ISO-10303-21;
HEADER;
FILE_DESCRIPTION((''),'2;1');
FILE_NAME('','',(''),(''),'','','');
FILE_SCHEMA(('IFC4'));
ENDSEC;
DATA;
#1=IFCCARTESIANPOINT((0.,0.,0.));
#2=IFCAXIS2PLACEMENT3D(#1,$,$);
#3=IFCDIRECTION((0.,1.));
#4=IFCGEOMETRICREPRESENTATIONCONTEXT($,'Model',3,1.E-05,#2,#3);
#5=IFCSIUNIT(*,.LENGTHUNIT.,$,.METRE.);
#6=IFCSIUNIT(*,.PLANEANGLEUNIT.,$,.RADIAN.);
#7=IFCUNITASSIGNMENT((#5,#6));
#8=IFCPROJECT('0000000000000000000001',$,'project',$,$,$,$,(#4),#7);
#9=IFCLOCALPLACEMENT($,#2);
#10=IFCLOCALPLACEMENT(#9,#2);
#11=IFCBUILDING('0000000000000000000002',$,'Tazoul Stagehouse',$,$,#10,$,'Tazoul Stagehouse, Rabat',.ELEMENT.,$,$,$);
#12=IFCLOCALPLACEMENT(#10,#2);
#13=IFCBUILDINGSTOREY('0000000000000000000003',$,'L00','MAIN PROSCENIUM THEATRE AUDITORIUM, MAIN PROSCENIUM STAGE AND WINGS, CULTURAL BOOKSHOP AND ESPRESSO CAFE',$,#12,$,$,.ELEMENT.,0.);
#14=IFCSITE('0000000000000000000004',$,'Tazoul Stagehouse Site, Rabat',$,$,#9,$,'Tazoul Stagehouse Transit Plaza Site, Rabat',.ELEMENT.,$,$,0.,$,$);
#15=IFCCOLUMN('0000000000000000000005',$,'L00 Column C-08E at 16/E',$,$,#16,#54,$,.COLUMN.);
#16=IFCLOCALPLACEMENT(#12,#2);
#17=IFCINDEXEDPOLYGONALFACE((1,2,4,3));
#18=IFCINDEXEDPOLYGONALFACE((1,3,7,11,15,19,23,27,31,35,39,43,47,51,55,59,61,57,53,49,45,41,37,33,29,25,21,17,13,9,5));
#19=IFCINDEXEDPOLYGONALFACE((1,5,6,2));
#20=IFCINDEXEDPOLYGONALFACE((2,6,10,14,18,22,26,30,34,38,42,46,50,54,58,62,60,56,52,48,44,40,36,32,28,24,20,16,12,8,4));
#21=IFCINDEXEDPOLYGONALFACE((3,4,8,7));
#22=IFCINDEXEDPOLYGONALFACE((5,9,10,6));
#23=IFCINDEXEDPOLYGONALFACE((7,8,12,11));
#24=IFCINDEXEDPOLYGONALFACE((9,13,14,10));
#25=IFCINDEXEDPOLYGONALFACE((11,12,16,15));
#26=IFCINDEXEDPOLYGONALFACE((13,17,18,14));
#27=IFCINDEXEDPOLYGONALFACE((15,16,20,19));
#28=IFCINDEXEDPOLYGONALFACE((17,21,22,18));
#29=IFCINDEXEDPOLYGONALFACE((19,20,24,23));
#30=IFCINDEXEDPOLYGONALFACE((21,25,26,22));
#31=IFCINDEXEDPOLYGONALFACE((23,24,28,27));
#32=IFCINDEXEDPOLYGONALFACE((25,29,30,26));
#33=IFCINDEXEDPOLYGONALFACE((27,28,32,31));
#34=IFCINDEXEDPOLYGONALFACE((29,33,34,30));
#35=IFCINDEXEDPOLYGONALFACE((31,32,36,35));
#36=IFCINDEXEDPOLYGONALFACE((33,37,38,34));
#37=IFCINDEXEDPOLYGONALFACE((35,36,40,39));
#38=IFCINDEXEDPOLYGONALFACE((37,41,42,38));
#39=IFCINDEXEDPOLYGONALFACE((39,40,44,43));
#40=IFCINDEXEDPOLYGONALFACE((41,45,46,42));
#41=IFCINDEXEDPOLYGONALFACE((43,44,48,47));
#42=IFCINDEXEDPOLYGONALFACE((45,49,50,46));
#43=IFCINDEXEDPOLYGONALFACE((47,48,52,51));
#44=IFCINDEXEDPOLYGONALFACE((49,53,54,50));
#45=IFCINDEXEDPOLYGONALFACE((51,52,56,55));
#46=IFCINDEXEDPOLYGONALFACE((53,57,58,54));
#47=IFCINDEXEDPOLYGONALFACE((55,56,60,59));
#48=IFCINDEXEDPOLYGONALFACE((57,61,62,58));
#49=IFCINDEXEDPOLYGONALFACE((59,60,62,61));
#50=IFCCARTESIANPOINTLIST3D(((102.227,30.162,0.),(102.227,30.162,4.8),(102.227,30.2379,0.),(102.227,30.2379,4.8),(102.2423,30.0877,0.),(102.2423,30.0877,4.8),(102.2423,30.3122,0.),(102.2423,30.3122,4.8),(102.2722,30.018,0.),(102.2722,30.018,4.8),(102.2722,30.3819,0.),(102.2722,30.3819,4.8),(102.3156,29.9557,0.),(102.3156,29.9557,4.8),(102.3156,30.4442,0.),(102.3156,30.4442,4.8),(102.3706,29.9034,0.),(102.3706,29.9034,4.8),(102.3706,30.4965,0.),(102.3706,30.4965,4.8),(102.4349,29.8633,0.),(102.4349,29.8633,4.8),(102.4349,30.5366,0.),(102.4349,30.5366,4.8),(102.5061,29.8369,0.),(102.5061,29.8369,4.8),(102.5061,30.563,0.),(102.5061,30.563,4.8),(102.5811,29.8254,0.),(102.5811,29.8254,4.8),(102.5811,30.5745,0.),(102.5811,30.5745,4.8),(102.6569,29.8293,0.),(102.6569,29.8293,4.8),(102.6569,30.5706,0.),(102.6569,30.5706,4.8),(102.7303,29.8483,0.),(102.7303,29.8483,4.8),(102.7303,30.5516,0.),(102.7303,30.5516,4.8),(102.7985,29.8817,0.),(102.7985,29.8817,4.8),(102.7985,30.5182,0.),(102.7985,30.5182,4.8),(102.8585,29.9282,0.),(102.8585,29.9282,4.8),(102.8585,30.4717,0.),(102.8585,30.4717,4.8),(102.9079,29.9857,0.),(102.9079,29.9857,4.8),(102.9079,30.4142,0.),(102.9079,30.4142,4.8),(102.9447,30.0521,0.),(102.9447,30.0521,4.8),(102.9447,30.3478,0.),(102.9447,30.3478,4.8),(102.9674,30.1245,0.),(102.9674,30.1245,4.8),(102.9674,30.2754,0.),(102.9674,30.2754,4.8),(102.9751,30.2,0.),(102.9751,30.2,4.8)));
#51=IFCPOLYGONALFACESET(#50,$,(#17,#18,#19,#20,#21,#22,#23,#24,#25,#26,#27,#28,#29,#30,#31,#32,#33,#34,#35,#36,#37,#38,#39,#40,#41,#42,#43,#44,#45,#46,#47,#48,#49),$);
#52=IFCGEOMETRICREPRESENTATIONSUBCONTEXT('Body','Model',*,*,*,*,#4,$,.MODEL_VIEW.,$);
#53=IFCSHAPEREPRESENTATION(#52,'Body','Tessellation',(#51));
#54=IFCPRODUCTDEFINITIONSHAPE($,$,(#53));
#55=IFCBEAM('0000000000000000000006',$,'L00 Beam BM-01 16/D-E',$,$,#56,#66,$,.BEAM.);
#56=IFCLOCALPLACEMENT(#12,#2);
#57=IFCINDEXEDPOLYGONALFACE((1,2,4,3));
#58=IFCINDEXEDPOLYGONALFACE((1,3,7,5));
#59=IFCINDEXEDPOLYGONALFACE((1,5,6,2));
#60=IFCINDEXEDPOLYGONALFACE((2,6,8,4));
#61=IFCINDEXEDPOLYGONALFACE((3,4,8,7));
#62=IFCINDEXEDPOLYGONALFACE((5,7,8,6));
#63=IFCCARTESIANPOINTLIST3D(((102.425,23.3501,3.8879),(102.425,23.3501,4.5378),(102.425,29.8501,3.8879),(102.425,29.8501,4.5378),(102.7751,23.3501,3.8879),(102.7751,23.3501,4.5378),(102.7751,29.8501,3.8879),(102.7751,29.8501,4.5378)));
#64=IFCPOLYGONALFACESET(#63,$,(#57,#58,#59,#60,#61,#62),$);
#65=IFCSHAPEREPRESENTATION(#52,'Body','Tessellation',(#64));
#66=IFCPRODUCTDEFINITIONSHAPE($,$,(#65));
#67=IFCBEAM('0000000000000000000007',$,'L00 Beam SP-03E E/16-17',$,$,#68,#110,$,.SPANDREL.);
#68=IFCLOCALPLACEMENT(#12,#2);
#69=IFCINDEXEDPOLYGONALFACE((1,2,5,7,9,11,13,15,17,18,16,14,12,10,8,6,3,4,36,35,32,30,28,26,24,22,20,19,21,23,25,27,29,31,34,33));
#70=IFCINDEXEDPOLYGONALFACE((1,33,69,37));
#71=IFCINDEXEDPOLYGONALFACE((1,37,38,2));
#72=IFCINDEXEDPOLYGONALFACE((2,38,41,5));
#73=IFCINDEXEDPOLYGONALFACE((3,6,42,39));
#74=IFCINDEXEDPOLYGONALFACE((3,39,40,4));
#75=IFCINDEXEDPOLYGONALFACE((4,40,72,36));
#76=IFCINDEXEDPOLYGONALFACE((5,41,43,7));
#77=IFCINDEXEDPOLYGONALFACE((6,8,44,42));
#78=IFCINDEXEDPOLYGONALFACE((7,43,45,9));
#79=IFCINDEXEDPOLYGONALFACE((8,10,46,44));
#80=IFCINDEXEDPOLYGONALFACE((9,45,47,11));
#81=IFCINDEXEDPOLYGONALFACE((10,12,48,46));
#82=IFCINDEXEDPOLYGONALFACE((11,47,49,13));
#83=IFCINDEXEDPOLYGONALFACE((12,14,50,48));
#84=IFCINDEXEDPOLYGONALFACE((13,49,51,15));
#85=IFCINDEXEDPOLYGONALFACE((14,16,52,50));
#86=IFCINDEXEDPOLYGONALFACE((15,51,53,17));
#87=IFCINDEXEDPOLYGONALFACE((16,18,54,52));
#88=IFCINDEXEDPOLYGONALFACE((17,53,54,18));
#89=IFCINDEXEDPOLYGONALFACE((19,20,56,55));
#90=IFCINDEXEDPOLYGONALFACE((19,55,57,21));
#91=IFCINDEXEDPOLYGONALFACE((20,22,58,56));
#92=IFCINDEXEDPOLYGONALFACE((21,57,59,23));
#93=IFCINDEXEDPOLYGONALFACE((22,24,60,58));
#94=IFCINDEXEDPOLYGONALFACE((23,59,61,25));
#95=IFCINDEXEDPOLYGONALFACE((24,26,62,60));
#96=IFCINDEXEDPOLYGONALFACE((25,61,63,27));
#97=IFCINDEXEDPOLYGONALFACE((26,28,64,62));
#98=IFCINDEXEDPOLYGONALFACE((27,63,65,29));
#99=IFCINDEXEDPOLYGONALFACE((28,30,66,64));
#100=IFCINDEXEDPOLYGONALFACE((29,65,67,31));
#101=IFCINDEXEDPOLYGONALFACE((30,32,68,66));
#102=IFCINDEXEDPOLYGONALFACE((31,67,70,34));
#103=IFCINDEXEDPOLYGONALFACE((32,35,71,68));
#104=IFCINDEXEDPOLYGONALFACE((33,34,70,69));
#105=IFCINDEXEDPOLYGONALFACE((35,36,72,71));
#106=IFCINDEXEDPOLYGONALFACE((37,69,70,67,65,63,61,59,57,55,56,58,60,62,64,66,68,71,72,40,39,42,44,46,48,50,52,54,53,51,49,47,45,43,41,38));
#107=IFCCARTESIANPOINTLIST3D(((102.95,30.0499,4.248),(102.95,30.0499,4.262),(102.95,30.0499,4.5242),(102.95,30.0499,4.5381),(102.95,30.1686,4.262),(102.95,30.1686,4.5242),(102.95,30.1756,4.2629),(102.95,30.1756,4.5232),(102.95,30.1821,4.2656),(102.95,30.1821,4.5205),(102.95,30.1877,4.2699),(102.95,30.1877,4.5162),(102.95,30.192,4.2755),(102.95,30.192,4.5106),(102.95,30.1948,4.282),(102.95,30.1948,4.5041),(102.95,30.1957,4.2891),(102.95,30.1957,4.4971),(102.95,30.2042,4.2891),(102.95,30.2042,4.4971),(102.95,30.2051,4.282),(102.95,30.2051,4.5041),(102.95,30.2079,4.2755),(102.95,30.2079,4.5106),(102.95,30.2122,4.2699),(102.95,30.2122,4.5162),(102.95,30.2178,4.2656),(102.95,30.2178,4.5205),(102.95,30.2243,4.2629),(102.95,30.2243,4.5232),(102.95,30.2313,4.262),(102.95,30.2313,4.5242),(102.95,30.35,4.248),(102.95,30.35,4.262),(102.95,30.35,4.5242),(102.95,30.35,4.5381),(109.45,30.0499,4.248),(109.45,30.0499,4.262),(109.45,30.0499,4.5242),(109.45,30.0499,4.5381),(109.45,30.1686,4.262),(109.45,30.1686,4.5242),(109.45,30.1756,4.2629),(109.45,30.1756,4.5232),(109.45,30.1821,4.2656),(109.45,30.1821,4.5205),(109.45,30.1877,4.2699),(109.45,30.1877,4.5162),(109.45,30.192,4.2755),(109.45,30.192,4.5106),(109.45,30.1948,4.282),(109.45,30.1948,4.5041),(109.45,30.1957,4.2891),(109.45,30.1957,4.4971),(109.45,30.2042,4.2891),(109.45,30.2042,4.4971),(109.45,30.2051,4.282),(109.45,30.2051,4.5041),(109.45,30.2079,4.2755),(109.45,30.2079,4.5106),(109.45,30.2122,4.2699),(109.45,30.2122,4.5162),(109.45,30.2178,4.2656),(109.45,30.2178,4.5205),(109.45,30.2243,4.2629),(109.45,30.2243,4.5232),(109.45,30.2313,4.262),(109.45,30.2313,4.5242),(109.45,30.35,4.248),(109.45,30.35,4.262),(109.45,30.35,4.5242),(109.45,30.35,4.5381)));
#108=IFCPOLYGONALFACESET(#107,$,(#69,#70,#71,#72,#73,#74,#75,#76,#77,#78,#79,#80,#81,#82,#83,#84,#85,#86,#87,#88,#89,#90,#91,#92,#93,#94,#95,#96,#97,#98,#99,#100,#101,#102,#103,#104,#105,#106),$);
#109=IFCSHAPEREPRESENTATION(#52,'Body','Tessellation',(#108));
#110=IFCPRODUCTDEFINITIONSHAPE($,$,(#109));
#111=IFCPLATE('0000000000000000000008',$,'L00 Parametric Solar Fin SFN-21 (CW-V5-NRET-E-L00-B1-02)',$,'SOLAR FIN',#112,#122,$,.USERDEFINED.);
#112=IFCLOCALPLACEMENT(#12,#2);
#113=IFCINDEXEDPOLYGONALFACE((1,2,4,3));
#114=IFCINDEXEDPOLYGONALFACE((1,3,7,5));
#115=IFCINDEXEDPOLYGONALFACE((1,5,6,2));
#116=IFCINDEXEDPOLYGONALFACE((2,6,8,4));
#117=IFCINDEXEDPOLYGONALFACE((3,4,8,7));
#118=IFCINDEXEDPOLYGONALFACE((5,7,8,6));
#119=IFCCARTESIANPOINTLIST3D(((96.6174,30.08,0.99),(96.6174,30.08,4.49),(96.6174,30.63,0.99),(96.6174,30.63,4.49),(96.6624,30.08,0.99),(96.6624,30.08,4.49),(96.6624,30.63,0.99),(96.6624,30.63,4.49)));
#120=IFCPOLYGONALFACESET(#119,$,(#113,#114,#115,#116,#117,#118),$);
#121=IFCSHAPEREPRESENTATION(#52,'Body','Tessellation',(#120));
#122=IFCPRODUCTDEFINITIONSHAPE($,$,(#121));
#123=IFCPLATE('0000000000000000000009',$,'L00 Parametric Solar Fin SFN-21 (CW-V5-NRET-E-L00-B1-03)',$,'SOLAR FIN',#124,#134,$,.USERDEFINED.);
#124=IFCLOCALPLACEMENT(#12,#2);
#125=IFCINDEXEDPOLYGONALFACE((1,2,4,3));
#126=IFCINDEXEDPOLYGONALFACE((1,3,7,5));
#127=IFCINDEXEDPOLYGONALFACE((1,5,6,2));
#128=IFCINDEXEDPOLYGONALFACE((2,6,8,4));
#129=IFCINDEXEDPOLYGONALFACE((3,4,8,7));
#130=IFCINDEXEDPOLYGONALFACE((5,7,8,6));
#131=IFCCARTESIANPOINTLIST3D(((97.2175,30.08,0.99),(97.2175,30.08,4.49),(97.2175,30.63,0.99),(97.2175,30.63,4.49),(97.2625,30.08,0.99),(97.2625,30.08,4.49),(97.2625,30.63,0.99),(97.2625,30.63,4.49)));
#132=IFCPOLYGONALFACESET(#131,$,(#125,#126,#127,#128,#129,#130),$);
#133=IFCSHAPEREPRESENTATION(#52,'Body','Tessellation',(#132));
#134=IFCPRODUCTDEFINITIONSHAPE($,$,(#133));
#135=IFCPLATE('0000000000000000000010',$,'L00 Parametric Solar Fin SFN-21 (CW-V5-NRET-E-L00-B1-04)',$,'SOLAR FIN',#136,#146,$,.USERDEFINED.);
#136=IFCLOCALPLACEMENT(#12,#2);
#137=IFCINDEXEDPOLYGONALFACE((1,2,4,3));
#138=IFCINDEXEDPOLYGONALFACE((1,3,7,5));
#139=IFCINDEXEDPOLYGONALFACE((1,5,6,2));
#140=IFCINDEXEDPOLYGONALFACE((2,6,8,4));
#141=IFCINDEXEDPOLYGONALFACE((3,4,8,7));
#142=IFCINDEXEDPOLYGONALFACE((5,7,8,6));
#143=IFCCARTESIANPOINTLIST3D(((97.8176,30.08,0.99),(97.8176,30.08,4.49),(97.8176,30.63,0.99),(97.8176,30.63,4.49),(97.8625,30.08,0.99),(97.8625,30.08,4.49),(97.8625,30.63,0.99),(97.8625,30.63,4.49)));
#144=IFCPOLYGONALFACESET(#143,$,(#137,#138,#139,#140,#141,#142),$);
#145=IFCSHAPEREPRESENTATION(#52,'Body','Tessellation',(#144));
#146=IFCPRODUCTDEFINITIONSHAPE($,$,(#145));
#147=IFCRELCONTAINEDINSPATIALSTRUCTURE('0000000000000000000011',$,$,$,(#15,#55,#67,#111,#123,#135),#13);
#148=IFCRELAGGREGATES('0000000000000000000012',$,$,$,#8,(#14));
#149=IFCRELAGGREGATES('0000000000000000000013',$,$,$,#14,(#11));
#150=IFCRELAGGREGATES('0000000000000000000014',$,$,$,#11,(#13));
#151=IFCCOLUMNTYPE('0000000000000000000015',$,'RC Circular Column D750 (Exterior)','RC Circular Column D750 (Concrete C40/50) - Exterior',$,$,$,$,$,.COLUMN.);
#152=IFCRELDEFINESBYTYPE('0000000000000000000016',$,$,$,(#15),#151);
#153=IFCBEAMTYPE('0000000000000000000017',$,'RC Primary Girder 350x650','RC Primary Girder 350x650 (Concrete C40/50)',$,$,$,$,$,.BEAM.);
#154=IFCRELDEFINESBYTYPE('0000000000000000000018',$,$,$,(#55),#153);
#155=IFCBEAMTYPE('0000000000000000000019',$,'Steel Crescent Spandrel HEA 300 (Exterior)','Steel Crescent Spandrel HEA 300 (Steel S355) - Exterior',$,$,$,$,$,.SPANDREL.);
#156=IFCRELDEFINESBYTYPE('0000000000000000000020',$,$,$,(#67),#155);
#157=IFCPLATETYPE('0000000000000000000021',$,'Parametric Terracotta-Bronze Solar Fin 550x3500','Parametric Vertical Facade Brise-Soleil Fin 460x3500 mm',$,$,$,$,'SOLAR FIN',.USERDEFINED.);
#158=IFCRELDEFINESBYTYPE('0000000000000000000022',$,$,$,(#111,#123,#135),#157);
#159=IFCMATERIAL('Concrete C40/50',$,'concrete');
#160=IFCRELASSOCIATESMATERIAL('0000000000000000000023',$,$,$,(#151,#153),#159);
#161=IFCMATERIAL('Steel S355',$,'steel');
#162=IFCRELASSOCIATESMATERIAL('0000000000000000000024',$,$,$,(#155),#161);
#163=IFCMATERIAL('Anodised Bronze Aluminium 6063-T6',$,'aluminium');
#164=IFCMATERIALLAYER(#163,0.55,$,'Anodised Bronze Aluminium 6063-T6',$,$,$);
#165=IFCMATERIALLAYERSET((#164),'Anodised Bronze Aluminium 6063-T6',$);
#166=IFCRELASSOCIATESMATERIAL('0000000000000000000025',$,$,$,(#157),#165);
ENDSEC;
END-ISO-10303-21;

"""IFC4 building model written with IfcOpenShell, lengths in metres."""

from ifc_helpers import new_model, si_unit, direction, frame, origin, origin_2d, place, context, subcontext, project, spatial, rectangle, circle, i_section, extrude, material, layer, layer_set, material_profile, profile_set, type_object, element, save


model = new_model("IFC4")

# Units and contexts
model_context = context("Model", 3, precision=1e-05, world=origin(), true_north=direction((0.0, 1.0)))
body_context = subcontext(model_context, "Body", "Model", "MODEL_VIEW")
ifc_project = project(units=[si_unit("LENGTHUNIT", "METRE"), si_unit("PLANEANGLEUNIT", "RADIAN")], contexts=[model_context])

# Site, building, storey
site_placement = place(None, origin())
site = spatial("IfcSite", under=ifc_project, at=site_placement, Name="Tazoul Stagehouse Site, Rabat", LongName="Tazoul Stagehouse Transit Plaza Site, Rabat", CompositionType="ELEMENT", RefElevation=0.0)
building_placement = place(site_placement, origin())
building = spatial("IfcBuilding", under=site, at=building_placement, Name="Tazoul Stagehouse", LongName="Tazoul Stagehouse, Rabat", CompositionType="ELEMENT")
storey_placement = place(building_placement, origin())
storey = spatial("IfcBuildingStorey", under=building, at=storey_placement, Name="L00", Description="MAIN PROSCENIUM THEATRE AUDITORIUM, MAIN PROSCENIUM STAGE AND WINGS, CULTURAL BOOKSHOP AND ESPRESSO CAFE", CompositionType="ELEMENT", Elevation=0.0)

# Column
ifc_material_1 = material(Name="Concrete C40/50", Category="concrete")
ifc_material_profile_1 = material_profile(ifc_material_1, circle(Radius=0.375, at=origin_2d()), Name="RC D750")
ifc_profile_set_1 = profile_set([ifc_material_profile_1], Name="Concrete C40/50")
column_type = type_object("IfcColumnType", Name="RC Circular Column D750 (Exterior)", Description="RC Circular Column D750 (Concrete C40/50) - Exterior", PredefinedType="COLUMN", material=ifc_profile_set_1)
column_placement = place(storey_placement, frame((102.6001, 30.2, 0.0), z_axis=(0.0, 0.0, 1.0), x_axis=(1.0, 0.0, 0.0)))
element("IfcColumn", 1, at=column_placement, inside=storey, type_object=column_type, Name="L00 Column C-08E at 16/E", PredefinedType="COLUMN", context=body_context, shape_type="SweptSolid", body=[
    extrude(circle(Radius=0.375, at=origin_2d()), origin(), (0.0, 0.0, 1.0), 4.8),
])

# Shared definitions
ifc_material_2 = material(Name="Anodised Bronze Aluminium 6063-T6", Category="aluminium")

# Beams
ifc_material_profile_2 = material_profile(ifc_material_1, rectangle(XDim=0.3501, YDim=0.6499, at=origin_2d()), Name="RC 350x650")
ifc_profile_set_2 = profile_set([ifc_material_profile_2], Name="Concrete C40/50")
beam_type_1 = type_object("IfcBeamType", Name="RC Primary Girder 350x650", Description="RC Primary Girder 350x650 (Concrete C40/50)", PredefinedType="BEAM", material=ifc_profile_set_2)
beam_1_placement = place(storey_placement, frame((102.6001, 23.3501, 4.2129), z_axis=(0.0, 1.0, 0.0), x_axis=(-1.0, 0.0, 0.0)))
element("IfcBeam", 2, at=beam_1_placement, inside=storey, type_object=beam_type_1, Name="L00 Beam BM-01 16/D-E", PredefinedType="BEAM", context=body_context, shape_type="SweptSolid", body=[
    extrude(rectangle(XDim=0.3501, YDim=0.6499, at=origin_2d()), origin(), (0.0, 0.0, 1.0), 6.5),
])
ifc_material_3 = material(Name="Steel S355", Category="steel")
ifc_material_profile_3 = material_profile(ifc_material_3, i_section(OverallWidth=0.3, OverallDepth=0.29, WebThickness=0.0085, FlangeThickness=0.0139, FilletRadius=0.0271, at=origin_2d()), Name="HEA 300")
ifc_profile_set_3 = profile_set([ifc_material_profile_3], Name="Steel S355")
beam_type_2 = type_object("IfcBeamType", Name="Steel Crescent Spandrel HEA 300 (Exterior)", Description="Steel Crescent Spandrel HEA 300 (Steel S355) - Exterior", PredefinedType="SPANDREL", material=ifc_profile_set_3)
beam_2_placement = place(storey_placement, frame((102.95, 30.2, 4.3931), z_axis=(1.0, 0.0, 0.0), x_axis=(0.0, 1.0, 0.0)))
element("IfcBeam", 3, at=beam_2_placement, inside=storey, type_object=beam_type_2, Name="L00 Beam SP-03E E/16-17", PredefinedType="SPANDREL", context=body_context, shape_type="SweptSolid", body=[
    extrude(i_section(OverallWidth=0.3, OverallDepth=0.29, WebThickness=0.0085, FlangeThickness=0.0139, FilletRadius=0.0271, at=origin_2d()), origin(), (0.0, 0.0, 1.0), 6.5),
])

# Plates
ifc_layer_1 = layer(ifc_material_2, 0.55, Name="Anodised Bronze Aluminium 6063-T6")
ifc_layer_set_1 = layer_set([ifc_layer_1], Name="Anodised Bronze Aluminium 6063-T6")
plate_type_1 = type_object("IfcPlateType", Name="Parametric Terracotta-Bronze Solar Fin 550x3500", Description="Parametric Vertical Facade Brise-Soleil Fin 460x3500 mm", ElementType="SOLAR FIN", PredefinedType="USERDEFINED", material=ifc_layer_set_1)
for number, where, z_axis, x_axis, name in (
    (4, (96.6399, 30.355, 0.99), (0.0, 0.0, 1.0), (1.0, 0.0, 0.0), "L00 Parametric Solar Fin SFN-21 (CW-V5-NRET-E-L00-B1-02)"),
    (5, (97.24, 30.355, 0.99), (0.0, 0.0, 1.0), (1.0, 0.0, 0.0), "L00 Parametric Solar Fin SFN-21 (CW-V5-NRET-E-L00-B1-03)"),
    (6, (97.8401, 30.355, 0.99), (0.0, 0.0, 1.0), (1.0, 0.0, 0.0), "L00 Parametric Solar Fin SFN-21 (CW-V5-NRET-E-L00-B1-04)"),
):
    element("IfcPlate", number, at=place(storey_placement, frame(where, z_axis=z_axis, x_axis=x_axis)), inside=storey, type_object=plate_type_1, Name=name, ObjectType="SOLAR FIN", PredefinedType="USERDEFINED", context=body_context, shape_type="SweptSolid", body=[
        extrude(rectangle(XDim=0.0449, YDim=0.55, at=origin_2d()), origin(), (0.0, 0.0, 1.0), 3.5),
    ])

save(model, "model.ifc")
